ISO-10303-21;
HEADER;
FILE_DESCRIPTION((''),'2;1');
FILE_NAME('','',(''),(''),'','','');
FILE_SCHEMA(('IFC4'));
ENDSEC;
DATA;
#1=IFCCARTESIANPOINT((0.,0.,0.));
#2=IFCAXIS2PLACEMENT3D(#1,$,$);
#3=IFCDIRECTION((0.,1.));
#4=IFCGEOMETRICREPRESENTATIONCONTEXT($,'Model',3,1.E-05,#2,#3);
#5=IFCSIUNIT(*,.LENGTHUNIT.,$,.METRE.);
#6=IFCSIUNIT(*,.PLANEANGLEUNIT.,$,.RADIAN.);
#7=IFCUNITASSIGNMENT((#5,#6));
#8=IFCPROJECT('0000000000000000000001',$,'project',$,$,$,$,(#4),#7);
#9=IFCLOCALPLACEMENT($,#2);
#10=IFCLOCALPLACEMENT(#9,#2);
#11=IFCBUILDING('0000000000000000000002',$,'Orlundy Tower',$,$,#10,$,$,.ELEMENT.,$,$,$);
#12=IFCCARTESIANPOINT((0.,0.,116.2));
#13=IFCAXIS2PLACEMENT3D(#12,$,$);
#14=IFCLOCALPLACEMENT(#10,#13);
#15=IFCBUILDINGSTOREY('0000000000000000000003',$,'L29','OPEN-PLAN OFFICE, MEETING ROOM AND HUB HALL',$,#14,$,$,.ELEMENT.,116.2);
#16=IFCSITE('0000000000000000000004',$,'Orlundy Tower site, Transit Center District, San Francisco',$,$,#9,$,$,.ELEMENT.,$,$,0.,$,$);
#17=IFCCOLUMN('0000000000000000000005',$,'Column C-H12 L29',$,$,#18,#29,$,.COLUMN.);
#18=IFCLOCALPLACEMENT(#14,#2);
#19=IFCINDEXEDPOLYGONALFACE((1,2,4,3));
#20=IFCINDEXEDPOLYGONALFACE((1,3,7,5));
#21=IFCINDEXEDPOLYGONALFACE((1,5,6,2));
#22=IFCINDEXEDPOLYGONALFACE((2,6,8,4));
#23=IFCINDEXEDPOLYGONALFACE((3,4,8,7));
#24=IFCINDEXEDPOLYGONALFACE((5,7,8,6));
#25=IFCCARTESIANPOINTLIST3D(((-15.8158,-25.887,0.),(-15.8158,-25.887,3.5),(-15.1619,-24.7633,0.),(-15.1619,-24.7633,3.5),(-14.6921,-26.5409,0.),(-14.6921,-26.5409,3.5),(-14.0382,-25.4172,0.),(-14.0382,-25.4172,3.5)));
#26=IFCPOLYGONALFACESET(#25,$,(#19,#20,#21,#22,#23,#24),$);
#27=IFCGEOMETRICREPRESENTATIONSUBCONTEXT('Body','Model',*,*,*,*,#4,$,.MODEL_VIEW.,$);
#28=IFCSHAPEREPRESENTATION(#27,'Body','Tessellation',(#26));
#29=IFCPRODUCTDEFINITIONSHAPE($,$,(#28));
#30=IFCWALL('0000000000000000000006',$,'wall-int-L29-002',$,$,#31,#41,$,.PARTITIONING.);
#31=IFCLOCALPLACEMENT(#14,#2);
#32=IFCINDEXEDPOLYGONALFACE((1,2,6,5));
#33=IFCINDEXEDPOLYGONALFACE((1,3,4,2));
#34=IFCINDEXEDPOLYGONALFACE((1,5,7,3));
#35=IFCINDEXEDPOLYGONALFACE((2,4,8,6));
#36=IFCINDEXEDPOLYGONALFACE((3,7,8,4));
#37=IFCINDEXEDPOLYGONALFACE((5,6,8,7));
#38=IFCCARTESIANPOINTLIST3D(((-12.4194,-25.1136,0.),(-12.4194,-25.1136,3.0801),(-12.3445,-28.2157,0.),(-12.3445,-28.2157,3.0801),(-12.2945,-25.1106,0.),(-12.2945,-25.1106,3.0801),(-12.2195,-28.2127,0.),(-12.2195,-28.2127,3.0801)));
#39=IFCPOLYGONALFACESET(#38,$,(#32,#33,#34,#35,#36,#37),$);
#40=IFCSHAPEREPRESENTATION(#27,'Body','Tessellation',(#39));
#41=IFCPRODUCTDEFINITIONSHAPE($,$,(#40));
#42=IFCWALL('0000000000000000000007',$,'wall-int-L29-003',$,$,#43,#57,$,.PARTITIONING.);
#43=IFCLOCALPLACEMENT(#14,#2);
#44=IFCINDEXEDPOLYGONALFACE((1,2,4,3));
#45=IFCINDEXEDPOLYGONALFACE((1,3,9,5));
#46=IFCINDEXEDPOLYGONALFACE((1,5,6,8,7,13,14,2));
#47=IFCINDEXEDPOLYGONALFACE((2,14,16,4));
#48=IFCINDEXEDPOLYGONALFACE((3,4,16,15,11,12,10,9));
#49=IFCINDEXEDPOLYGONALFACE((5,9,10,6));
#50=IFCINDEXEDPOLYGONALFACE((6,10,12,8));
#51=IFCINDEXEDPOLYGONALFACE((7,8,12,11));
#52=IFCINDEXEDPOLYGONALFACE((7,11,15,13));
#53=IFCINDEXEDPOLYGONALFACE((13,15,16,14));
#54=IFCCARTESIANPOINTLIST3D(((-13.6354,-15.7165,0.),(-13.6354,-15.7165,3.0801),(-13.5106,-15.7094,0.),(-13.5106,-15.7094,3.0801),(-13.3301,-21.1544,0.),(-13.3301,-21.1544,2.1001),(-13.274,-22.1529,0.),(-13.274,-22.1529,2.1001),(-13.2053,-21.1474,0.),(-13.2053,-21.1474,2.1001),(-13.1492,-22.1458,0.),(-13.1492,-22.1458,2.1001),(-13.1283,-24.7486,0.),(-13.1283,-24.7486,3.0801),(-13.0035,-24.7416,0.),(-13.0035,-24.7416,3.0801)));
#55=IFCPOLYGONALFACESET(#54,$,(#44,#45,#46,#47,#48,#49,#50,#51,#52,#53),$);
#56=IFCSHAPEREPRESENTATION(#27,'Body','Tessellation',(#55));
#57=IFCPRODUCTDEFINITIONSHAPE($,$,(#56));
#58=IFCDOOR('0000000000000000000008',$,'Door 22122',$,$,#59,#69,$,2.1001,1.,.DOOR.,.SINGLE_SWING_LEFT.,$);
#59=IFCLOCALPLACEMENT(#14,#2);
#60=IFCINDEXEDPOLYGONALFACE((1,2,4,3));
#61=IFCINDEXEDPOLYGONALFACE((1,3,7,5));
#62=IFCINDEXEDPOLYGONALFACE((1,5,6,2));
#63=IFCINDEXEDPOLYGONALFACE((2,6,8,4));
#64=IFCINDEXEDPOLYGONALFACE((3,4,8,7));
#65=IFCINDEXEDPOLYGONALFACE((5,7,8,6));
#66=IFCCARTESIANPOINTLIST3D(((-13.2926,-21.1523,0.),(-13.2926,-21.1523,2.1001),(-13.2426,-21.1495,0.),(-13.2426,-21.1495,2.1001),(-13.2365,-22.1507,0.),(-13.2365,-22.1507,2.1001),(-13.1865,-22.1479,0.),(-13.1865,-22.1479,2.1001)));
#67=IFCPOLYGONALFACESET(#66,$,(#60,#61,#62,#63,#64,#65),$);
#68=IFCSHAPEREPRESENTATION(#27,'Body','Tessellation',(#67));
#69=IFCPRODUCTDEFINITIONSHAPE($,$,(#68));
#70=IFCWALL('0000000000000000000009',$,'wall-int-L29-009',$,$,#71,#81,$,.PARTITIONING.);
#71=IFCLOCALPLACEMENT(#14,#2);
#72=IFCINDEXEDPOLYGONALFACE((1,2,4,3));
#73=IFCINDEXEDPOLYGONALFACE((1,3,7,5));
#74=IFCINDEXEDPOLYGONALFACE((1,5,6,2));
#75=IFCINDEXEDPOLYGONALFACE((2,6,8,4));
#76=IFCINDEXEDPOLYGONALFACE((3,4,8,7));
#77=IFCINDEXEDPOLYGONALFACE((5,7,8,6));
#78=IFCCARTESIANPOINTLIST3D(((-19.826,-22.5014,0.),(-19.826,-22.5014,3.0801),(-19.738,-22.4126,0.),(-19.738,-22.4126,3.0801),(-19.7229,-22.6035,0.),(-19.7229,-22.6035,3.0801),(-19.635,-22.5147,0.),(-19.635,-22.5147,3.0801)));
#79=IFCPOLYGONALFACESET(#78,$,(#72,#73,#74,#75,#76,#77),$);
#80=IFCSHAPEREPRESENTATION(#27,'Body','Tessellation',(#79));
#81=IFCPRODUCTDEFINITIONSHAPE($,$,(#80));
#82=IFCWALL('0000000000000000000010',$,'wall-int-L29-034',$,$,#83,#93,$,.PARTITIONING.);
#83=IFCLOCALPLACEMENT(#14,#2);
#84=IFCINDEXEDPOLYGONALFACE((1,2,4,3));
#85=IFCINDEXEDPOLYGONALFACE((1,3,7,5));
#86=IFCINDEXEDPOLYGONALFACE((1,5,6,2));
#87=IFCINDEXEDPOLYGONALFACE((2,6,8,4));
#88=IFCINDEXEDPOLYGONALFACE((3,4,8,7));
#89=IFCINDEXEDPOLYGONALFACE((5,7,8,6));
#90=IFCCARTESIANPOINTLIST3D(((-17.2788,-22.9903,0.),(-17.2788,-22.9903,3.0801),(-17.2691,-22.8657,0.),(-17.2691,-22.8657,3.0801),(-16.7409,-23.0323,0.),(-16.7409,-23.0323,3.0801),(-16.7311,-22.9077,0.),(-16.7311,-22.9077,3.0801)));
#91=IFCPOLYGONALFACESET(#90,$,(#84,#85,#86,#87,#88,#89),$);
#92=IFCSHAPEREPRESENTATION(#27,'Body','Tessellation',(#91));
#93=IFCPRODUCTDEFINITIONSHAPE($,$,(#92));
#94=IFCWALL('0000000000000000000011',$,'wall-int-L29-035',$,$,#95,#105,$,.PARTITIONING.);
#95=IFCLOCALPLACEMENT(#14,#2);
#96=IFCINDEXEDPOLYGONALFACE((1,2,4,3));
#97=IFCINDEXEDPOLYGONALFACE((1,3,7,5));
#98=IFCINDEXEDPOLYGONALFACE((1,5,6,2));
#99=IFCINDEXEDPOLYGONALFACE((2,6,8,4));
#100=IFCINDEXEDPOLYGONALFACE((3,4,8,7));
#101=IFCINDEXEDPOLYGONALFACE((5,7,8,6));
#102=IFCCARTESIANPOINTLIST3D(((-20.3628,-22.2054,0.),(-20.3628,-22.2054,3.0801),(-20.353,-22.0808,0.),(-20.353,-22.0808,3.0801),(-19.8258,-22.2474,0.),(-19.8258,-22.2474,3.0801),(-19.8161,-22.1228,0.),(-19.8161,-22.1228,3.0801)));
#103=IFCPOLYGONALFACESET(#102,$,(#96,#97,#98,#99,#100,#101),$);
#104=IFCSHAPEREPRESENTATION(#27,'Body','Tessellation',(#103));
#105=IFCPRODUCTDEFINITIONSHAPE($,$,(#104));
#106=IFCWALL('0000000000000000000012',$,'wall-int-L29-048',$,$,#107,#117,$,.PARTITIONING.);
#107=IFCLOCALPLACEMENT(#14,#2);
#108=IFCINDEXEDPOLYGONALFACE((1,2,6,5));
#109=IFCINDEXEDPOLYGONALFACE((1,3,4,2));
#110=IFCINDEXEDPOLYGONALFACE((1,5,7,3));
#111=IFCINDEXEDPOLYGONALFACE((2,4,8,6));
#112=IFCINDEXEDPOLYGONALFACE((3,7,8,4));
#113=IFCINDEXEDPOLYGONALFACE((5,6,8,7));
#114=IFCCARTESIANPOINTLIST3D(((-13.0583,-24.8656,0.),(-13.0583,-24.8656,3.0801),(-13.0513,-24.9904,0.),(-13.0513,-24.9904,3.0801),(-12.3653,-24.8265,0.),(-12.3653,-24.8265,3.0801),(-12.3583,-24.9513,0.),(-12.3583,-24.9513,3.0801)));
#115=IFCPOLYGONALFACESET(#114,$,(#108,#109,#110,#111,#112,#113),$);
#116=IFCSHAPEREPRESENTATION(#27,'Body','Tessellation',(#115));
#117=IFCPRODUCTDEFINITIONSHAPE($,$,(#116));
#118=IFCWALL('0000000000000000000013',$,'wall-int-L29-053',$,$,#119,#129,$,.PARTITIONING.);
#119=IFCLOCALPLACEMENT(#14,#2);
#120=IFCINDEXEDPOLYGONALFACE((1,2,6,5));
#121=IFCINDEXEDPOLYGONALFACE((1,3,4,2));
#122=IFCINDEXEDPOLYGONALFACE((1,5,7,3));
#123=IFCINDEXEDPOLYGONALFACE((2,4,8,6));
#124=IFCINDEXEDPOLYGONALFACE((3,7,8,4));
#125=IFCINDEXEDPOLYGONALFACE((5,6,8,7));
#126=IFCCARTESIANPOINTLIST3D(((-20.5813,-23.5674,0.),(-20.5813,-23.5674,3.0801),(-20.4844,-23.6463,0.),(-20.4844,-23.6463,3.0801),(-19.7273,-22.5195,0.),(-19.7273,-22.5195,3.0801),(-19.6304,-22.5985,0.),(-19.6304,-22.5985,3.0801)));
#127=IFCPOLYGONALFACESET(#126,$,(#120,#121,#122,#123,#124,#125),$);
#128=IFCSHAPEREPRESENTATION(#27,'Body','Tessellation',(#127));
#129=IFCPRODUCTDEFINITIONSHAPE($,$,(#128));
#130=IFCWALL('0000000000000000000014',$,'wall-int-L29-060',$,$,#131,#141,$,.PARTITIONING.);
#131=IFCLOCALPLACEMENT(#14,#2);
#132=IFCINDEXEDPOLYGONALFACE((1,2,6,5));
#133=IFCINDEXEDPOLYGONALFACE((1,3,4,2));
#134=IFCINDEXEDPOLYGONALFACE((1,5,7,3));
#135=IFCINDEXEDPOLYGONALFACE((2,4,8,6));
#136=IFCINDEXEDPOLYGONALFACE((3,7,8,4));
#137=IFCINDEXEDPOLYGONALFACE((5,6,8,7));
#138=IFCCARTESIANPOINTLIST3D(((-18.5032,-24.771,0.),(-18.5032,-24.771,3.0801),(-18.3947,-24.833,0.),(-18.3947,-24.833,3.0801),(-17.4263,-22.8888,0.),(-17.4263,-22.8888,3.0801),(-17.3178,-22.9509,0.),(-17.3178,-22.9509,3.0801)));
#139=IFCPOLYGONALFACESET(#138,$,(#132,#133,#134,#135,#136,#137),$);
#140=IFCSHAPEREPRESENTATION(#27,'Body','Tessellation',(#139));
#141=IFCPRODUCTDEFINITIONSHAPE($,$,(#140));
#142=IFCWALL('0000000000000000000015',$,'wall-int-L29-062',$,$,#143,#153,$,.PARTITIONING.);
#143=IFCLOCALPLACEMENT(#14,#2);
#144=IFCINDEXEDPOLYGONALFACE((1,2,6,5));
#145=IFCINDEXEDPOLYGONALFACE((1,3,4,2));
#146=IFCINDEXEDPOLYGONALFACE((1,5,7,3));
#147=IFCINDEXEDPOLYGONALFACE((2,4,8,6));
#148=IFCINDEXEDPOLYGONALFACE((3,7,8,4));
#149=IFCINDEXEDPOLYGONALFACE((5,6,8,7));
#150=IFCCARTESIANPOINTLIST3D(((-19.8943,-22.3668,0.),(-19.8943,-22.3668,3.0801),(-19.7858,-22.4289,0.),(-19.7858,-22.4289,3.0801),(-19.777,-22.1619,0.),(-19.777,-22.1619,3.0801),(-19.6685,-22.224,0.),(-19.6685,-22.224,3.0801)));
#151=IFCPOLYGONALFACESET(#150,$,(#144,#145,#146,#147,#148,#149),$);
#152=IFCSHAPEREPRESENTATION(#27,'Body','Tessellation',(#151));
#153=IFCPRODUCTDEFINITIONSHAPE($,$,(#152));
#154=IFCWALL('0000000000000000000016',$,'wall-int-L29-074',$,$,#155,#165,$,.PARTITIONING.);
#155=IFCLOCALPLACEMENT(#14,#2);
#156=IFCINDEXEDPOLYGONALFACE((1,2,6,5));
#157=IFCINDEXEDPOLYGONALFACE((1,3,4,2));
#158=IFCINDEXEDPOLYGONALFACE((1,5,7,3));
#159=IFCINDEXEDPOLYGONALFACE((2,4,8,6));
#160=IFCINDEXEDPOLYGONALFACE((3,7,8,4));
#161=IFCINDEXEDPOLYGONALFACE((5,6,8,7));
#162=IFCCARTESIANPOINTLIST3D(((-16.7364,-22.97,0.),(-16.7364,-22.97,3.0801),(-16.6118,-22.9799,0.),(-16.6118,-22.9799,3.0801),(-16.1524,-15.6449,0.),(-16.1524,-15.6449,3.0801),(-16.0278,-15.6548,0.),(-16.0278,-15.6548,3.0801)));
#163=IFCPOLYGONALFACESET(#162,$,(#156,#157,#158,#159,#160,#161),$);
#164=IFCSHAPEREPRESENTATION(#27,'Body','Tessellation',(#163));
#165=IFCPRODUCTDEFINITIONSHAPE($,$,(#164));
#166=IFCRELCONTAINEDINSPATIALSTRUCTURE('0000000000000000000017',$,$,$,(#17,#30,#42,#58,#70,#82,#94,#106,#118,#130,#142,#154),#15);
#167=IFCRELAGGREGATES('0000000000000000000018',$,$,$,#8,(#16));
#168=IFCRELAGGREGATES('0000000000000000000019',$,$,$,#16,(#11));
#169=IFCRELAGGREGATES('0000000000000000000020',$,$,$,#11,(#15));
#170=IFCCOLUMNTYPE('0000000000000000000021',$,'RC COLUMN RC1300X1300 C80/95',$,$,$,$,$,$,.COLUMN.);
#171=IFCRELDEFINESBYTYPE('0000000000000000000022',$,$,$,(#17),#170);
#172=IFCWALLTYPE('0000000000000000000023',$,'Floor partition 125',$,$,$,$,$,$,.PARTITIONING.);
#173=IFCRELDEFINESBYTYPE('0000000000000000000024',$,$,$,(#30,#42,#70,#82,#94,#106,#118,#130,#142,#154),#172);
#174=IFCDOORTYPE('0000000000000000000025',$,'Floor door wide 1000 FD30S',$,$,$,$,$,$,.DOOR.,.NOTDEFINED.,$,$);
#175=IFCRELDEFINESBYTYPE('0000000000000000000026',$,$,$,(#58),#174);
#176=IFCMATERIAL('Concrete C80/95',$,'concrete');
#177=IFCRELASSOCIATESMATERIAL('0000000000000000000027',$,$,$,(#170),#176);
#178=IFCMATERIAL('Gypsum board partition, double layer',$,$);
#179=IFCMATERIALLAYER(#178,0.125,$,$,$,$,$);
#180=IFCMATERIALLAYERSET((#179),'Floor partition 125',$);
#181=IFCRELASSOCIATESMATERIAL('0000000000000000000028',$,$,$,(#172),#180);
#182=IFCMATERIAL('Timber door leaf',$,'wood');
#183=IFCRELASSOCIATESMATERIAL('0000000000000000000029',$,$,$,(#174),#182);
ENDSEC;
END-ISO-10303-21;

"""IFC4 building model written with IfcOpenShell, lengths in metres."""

from ifc_helpers import new_model, si_unit, direction, frame, frame_2d, origin, origin_2d, place, context, subcontext, project, spatial, rectangle, extrude, material, layer, layer_set, material_profile, profile_set, type_object, element, fill, save


model = new_model("IFC4")

# Units and contexts
model_context = context("Model", 3, precision=1e-05, world=origin(), true_north=direction((0.0, 1.0)))
body_context = subcontext(model_context, "Body", "Model", "MODEL_VIEW")
ifc_project = project(units=[si_unit("LENGTHUNIT", "METRE"), si_unit("PLANEANGLEUNIT", "RADIAN")], contexts=[model_context])

# Site, building, storey
site_placement = place(None, origin())
site = spatial("IfcSite", under=ifc_project, at=site_placement, Name="Orlundy Tower site, Transit Center District, San Francisco", CompositionType="ELEMENT", RefElevation=0.0)
building_placement = place(site_placement, origin())
building = spatial("IfcBuilding", under=site, at=building_placement, Name="Orlundy Tower", CompositionType="ELEMENT")
storey_placement = place(building_placement, frame((0.0, 0.0, 116.2)))
storey = spatial("IfcBuildingStorey", under=building, at=storey_placement, Name="L29", Description="OPEN-PLAN OFFICE, MEETING ROOM AND HUB HALL", CompositionType="ELEMENT", Elevation=116.2)

# Column
ifc_material_1 = material(Name="Concrete C80/95", Category="concrete")
ifc_material_profile = material_profile(ifc_material_1, rectangle(XDim=1.3, YDim=1.3, at=origin_2d()), Name="RC1300X1300")
ifc_profile_set = profile_set([ifc_material_profile], Name="Concrete C80/95")
column_type = type_object("IfcColumnType", Name="RC COLUMN RC1300X1300 C80/95", PredefinedType="COLUMN", material=ifc_profile_set)
column_placement = place(storey_placement, frame((-14.927, -25.6521, 0.0), z_axis=(0.0, 0.0, 1.0), x_axis=(-0.502945, -0.864319, 0.0)))
element("IfcColumn", 1, at=column_placement, inside=storey, type_object=column_type, Name="Column C-H12 L29", PredefinedType="COLUMN", context=body_context, shape_type="SweptSolid", body=[
    extrude(rectangle(XDim=1.3, YDim=1.3, at=origin_2d()), origin(), (0.0, 0.0, 1.0), 3.5),
])

# Wall
ifc_material_2 = material(Name="Gypsum board partition, double layer")
ifc_layer_1 = layer(ifc_material_2, 0.125)
ifc_layer_set_1 = layer_set([ifc_layer_1], Name="Floor partition 125")
wall_type_1 = type_object("IfcWallType", Name="Floor partition 125", PredefinedType="PARTITIONING", material=ifc_layer_set_1)
wall_1_placement = place(storey_placement, frame((-12.3569, -25.1121, 0.0), z_axis=(0.0, 0.0, 1.0), x_axis=(0.024155, -0.999708, 0.0)))
element("IfcWall", 2, at=wall_1_placement, inside=storey, type_object=wall_type_1, Name="wall-int-L29-002", PredefinedType="PARTITIONING", context=body_context, shape_type="SweptSolid", body=[
    extrude(rectangle(XDim=3.103, YDim=0.125, at=frame_2d((1.5515, 0.0))), origin(), (0.0, 0.0, 1.0), 3.0801),
])

# Wall, opening, door
wall_2_placement = place(storey_placement, frame((-13.0659, -24.7451, 0.0), z_axis=(0.0, 0.0, 1.0), x_axis=(-0.056053, 0.998428, 0.0)))
wall_2 = element("IfcWall", 3, at=wall_2_placement, inside=storey, type_object=wall_type_1, Name="wall-int-L29-003", PredefinedType="PARTITIONING", context=body_context, shape_type="SweptSolid", body=[
    extrude(rectangle(XDim=9.0464, YDim=0.125, at=frame_2d((4.5232, 0.0))), origin(), (0.0, 0.0, 1.0), 3.0801),
])
opening_1_placement = place(wall_2_placement, frame((2.5999, 0.0, 0.0)))
opening_1 = element("IfcOpeningElement", 4, at=opening_1_placement, cuts=wall_2, PredefinedType="OPENING", context=body_context, shape_type="SweptSolid", body=[
    extrude(rectangle(XDim=1.0, YDim=2.1001, at=frame_2d((0.5, 1.05))), frame((0.0, 0.0725, 0.0), z_axis=(0.0, -1.0, 0.0), x_axis=(1.0, 0.0, 0.0)), (0.0, 0.0, 1.0), 0.145),
])
ifc_material_3 = material(Name="Timber door leaf", Category="wood")
door_type_1 = type_object("IfcDoorType", Name="Floor door wide 1000 FD30S", OperationType="NOTDEFINED", PredefinedType="DOOR", material=ifc_material_3)
door_1_placement = place(opening_1_placement, origin())
door_1 = element("IfcDoor", 5, at=door_1_placement, inside=storey, type_object=door_type_1, Name="Door 22122", OperationType="SINGLE_SWING_LEFT", OverallHeight=2.1001, OverallWidth=1.0, PredefinedType="DOOR", context=body_context, shape_type="SweptSolid", body=[
    extrude(rectangle(XDim=1.0, YDim=2.1001, at=frame_2d((0.5, 1.05))), frame((0.0, 0.0249, 0.0), z_axis=(0.0, -1.0, 0.0), x_axis=(1.0, 0.0, 0.0)), (0.0, 0.0, 1.0), 0.05),
])
fill(opening_1, door_1)

# Walls
wall_3_placement = place(storey_placement, frame((-19.782, -22.457, 0.0), z_axis=(0.0, 0.0, 1.0), x_axis=(0.710466, -0.703732, 0.0)))
element("IfcWall", 6, at=wall_3_placement, inside=storey, type_object=wall_type_1, Name="wall-int-L29-009", PredefinedType="PARTITIONING", context=body_context, shape_type="SweptSolid", body=[
    extrude(rectangle(XDim=0.145, YDim=0.125, at=frame_2d((0.0725, 0.0))), origin(), (0.0, 0.0, 1.0), 3.0801),
])
wall_4_placement = place(storey_placement, frame((-17.2739, -22.928, 0.0), z_axis=(0.0, 0.0, 1.0), x_axis=(0.996966, -0.077838, 0.0)))
element("IfcWall", 7, at=wall_4_placement, inside=storey, type_object=wall_type_1, Name="wall-int-L29-034", PredefinedType="PARTITIONING", context=body_context, shape_type="SweptSolid", body=[
    extrude(rectangle(XDim=0.5396, YDim=0.125, at=frame_2d((0.2698, 0.0))), origin(), (0.0, 0.0, 1.0), 3.0801),
])
wall_5_placement = place(storey_placement, frame((-20.3579, -22.1431, 0.0), z_axis=(0.0, 0.0, 1.0), x_axis=(0.996955, -0.077979, 0.0)))
element("IfcWall", 8, at=wall_5_placement, inside=storey, type_object=wall_type_1, Name="wall-int-L29-035", PredefinedType="PARTITIONING", context=body_context, shape_type="SweptSolid", body=[
    extrude(rectangle(XDim=0.5386, YDim=0.125, at=frame_2d((0.2693, 0.0))), origin(), (0.0, 0.0, 1.0), 3.0801),
])
wall_6_placement = place(storey_placement, frame((-13.0549, -24.928, 0.0), z_axis=(0.0, 0.0, 1.0), x_axis=(0.998415, 0.056288, 0.0)))
element("IfcWall", 9, at=wall_6_placement, inside=storey, type_object=wall_type_1, Name="wall-int-L29-048", PredefinedType="PARTITIONING", context=body_context, shape_type="SweptSolid", body=[
    extrude(rectangle(XDim=0.6941, YDim=0.125, at=frame_2d((0.3472, 0.0))), origin(), (0.0, 0.0, 1.0), 3.0801),
])
wall_7_placement = place(storey_placement, frame((-19.679, -22.5591, 0.0), z_axis=(0.0, 0.0, 1.0), x_axis=(-0.631761, -0.775163, 0.0)))
element("IfcWall", 10, at=wall_7_placement, inside=storey, type_object=wall_type_1, Name="wall-int-L29-053", PredefinedType="PARTITIONING", context=body_context, shape_type="SweptSolid", body=[
    extrude(rectangle(XDim=1.3518, YDim=0.125, at=frame_2d((0.6758, 0.0))), origin(), (0.0, 0.0, 1.0), 3.0801),
])
wall_8_placement = place(storey_placement, frame((-18.449, -24.802, 0.0), z_axis=(0.0, 0.0, 1.0), x_axis=(0.496636, 0.867959, 0.0)))
element("IfcWall", 11, at=wall_8_placement, inside=storey, type_object=wall_type_1, Name="wall-int-L29-060", PredefinedType="PARTITIONING", context=body_context, shape_type="SweptSolid", body=[
    extrude(rectangle(XDim=2.1685, YDim=0.125, at=frame_2d((1.0842, 0.0))), origin(), (0.0, 0.0, 1.0), 3.0801),
])
wall_9_placement = place(storey_placement, frame((-19.8401, -22.3979, 0.0), z_axis=(0.0, 0.0, 1.0), x_axis=(0.496585, 0.867988, 0.0)))
element("IfcWall", 12, at=wall_9_placement, inside=storey, type_object=wall_type_1, Name="wall-int-L29-062", PredefinedType="PARTITIONING", context=body_context, shape_type="SweptSolid", body=[
    extrude(rectangle(XDim=0.2361, YDim=0.125, at=frame_2d((0.1182, 0.0))), origin(), (0.0, 0.0, 1.0), 3.0801),
])
wall_10_placement = place(storey_placement, frame((-16.6741, -22.9751, 0.0), z_axis=(0.0, 0.0, 1.0), x_axis=(0.079471, 0.996837, 0.0)))
element("IfcWall", 13, at=wall_10_placement, inside=storey, type_object=wall_type_1, Name="wall-int-L29-074", PredefinedType="PARTITIONING", context=body_context, shape_type="SweptSolid", body=[
    extrude(rectangle(XDim=7.3484, YDim=0.125, at=frame_2d((3.6743, 0.0))), origin(), (0.0, 0.0, 1.0), 3.0801),
])

save(model, "model.ifc")
